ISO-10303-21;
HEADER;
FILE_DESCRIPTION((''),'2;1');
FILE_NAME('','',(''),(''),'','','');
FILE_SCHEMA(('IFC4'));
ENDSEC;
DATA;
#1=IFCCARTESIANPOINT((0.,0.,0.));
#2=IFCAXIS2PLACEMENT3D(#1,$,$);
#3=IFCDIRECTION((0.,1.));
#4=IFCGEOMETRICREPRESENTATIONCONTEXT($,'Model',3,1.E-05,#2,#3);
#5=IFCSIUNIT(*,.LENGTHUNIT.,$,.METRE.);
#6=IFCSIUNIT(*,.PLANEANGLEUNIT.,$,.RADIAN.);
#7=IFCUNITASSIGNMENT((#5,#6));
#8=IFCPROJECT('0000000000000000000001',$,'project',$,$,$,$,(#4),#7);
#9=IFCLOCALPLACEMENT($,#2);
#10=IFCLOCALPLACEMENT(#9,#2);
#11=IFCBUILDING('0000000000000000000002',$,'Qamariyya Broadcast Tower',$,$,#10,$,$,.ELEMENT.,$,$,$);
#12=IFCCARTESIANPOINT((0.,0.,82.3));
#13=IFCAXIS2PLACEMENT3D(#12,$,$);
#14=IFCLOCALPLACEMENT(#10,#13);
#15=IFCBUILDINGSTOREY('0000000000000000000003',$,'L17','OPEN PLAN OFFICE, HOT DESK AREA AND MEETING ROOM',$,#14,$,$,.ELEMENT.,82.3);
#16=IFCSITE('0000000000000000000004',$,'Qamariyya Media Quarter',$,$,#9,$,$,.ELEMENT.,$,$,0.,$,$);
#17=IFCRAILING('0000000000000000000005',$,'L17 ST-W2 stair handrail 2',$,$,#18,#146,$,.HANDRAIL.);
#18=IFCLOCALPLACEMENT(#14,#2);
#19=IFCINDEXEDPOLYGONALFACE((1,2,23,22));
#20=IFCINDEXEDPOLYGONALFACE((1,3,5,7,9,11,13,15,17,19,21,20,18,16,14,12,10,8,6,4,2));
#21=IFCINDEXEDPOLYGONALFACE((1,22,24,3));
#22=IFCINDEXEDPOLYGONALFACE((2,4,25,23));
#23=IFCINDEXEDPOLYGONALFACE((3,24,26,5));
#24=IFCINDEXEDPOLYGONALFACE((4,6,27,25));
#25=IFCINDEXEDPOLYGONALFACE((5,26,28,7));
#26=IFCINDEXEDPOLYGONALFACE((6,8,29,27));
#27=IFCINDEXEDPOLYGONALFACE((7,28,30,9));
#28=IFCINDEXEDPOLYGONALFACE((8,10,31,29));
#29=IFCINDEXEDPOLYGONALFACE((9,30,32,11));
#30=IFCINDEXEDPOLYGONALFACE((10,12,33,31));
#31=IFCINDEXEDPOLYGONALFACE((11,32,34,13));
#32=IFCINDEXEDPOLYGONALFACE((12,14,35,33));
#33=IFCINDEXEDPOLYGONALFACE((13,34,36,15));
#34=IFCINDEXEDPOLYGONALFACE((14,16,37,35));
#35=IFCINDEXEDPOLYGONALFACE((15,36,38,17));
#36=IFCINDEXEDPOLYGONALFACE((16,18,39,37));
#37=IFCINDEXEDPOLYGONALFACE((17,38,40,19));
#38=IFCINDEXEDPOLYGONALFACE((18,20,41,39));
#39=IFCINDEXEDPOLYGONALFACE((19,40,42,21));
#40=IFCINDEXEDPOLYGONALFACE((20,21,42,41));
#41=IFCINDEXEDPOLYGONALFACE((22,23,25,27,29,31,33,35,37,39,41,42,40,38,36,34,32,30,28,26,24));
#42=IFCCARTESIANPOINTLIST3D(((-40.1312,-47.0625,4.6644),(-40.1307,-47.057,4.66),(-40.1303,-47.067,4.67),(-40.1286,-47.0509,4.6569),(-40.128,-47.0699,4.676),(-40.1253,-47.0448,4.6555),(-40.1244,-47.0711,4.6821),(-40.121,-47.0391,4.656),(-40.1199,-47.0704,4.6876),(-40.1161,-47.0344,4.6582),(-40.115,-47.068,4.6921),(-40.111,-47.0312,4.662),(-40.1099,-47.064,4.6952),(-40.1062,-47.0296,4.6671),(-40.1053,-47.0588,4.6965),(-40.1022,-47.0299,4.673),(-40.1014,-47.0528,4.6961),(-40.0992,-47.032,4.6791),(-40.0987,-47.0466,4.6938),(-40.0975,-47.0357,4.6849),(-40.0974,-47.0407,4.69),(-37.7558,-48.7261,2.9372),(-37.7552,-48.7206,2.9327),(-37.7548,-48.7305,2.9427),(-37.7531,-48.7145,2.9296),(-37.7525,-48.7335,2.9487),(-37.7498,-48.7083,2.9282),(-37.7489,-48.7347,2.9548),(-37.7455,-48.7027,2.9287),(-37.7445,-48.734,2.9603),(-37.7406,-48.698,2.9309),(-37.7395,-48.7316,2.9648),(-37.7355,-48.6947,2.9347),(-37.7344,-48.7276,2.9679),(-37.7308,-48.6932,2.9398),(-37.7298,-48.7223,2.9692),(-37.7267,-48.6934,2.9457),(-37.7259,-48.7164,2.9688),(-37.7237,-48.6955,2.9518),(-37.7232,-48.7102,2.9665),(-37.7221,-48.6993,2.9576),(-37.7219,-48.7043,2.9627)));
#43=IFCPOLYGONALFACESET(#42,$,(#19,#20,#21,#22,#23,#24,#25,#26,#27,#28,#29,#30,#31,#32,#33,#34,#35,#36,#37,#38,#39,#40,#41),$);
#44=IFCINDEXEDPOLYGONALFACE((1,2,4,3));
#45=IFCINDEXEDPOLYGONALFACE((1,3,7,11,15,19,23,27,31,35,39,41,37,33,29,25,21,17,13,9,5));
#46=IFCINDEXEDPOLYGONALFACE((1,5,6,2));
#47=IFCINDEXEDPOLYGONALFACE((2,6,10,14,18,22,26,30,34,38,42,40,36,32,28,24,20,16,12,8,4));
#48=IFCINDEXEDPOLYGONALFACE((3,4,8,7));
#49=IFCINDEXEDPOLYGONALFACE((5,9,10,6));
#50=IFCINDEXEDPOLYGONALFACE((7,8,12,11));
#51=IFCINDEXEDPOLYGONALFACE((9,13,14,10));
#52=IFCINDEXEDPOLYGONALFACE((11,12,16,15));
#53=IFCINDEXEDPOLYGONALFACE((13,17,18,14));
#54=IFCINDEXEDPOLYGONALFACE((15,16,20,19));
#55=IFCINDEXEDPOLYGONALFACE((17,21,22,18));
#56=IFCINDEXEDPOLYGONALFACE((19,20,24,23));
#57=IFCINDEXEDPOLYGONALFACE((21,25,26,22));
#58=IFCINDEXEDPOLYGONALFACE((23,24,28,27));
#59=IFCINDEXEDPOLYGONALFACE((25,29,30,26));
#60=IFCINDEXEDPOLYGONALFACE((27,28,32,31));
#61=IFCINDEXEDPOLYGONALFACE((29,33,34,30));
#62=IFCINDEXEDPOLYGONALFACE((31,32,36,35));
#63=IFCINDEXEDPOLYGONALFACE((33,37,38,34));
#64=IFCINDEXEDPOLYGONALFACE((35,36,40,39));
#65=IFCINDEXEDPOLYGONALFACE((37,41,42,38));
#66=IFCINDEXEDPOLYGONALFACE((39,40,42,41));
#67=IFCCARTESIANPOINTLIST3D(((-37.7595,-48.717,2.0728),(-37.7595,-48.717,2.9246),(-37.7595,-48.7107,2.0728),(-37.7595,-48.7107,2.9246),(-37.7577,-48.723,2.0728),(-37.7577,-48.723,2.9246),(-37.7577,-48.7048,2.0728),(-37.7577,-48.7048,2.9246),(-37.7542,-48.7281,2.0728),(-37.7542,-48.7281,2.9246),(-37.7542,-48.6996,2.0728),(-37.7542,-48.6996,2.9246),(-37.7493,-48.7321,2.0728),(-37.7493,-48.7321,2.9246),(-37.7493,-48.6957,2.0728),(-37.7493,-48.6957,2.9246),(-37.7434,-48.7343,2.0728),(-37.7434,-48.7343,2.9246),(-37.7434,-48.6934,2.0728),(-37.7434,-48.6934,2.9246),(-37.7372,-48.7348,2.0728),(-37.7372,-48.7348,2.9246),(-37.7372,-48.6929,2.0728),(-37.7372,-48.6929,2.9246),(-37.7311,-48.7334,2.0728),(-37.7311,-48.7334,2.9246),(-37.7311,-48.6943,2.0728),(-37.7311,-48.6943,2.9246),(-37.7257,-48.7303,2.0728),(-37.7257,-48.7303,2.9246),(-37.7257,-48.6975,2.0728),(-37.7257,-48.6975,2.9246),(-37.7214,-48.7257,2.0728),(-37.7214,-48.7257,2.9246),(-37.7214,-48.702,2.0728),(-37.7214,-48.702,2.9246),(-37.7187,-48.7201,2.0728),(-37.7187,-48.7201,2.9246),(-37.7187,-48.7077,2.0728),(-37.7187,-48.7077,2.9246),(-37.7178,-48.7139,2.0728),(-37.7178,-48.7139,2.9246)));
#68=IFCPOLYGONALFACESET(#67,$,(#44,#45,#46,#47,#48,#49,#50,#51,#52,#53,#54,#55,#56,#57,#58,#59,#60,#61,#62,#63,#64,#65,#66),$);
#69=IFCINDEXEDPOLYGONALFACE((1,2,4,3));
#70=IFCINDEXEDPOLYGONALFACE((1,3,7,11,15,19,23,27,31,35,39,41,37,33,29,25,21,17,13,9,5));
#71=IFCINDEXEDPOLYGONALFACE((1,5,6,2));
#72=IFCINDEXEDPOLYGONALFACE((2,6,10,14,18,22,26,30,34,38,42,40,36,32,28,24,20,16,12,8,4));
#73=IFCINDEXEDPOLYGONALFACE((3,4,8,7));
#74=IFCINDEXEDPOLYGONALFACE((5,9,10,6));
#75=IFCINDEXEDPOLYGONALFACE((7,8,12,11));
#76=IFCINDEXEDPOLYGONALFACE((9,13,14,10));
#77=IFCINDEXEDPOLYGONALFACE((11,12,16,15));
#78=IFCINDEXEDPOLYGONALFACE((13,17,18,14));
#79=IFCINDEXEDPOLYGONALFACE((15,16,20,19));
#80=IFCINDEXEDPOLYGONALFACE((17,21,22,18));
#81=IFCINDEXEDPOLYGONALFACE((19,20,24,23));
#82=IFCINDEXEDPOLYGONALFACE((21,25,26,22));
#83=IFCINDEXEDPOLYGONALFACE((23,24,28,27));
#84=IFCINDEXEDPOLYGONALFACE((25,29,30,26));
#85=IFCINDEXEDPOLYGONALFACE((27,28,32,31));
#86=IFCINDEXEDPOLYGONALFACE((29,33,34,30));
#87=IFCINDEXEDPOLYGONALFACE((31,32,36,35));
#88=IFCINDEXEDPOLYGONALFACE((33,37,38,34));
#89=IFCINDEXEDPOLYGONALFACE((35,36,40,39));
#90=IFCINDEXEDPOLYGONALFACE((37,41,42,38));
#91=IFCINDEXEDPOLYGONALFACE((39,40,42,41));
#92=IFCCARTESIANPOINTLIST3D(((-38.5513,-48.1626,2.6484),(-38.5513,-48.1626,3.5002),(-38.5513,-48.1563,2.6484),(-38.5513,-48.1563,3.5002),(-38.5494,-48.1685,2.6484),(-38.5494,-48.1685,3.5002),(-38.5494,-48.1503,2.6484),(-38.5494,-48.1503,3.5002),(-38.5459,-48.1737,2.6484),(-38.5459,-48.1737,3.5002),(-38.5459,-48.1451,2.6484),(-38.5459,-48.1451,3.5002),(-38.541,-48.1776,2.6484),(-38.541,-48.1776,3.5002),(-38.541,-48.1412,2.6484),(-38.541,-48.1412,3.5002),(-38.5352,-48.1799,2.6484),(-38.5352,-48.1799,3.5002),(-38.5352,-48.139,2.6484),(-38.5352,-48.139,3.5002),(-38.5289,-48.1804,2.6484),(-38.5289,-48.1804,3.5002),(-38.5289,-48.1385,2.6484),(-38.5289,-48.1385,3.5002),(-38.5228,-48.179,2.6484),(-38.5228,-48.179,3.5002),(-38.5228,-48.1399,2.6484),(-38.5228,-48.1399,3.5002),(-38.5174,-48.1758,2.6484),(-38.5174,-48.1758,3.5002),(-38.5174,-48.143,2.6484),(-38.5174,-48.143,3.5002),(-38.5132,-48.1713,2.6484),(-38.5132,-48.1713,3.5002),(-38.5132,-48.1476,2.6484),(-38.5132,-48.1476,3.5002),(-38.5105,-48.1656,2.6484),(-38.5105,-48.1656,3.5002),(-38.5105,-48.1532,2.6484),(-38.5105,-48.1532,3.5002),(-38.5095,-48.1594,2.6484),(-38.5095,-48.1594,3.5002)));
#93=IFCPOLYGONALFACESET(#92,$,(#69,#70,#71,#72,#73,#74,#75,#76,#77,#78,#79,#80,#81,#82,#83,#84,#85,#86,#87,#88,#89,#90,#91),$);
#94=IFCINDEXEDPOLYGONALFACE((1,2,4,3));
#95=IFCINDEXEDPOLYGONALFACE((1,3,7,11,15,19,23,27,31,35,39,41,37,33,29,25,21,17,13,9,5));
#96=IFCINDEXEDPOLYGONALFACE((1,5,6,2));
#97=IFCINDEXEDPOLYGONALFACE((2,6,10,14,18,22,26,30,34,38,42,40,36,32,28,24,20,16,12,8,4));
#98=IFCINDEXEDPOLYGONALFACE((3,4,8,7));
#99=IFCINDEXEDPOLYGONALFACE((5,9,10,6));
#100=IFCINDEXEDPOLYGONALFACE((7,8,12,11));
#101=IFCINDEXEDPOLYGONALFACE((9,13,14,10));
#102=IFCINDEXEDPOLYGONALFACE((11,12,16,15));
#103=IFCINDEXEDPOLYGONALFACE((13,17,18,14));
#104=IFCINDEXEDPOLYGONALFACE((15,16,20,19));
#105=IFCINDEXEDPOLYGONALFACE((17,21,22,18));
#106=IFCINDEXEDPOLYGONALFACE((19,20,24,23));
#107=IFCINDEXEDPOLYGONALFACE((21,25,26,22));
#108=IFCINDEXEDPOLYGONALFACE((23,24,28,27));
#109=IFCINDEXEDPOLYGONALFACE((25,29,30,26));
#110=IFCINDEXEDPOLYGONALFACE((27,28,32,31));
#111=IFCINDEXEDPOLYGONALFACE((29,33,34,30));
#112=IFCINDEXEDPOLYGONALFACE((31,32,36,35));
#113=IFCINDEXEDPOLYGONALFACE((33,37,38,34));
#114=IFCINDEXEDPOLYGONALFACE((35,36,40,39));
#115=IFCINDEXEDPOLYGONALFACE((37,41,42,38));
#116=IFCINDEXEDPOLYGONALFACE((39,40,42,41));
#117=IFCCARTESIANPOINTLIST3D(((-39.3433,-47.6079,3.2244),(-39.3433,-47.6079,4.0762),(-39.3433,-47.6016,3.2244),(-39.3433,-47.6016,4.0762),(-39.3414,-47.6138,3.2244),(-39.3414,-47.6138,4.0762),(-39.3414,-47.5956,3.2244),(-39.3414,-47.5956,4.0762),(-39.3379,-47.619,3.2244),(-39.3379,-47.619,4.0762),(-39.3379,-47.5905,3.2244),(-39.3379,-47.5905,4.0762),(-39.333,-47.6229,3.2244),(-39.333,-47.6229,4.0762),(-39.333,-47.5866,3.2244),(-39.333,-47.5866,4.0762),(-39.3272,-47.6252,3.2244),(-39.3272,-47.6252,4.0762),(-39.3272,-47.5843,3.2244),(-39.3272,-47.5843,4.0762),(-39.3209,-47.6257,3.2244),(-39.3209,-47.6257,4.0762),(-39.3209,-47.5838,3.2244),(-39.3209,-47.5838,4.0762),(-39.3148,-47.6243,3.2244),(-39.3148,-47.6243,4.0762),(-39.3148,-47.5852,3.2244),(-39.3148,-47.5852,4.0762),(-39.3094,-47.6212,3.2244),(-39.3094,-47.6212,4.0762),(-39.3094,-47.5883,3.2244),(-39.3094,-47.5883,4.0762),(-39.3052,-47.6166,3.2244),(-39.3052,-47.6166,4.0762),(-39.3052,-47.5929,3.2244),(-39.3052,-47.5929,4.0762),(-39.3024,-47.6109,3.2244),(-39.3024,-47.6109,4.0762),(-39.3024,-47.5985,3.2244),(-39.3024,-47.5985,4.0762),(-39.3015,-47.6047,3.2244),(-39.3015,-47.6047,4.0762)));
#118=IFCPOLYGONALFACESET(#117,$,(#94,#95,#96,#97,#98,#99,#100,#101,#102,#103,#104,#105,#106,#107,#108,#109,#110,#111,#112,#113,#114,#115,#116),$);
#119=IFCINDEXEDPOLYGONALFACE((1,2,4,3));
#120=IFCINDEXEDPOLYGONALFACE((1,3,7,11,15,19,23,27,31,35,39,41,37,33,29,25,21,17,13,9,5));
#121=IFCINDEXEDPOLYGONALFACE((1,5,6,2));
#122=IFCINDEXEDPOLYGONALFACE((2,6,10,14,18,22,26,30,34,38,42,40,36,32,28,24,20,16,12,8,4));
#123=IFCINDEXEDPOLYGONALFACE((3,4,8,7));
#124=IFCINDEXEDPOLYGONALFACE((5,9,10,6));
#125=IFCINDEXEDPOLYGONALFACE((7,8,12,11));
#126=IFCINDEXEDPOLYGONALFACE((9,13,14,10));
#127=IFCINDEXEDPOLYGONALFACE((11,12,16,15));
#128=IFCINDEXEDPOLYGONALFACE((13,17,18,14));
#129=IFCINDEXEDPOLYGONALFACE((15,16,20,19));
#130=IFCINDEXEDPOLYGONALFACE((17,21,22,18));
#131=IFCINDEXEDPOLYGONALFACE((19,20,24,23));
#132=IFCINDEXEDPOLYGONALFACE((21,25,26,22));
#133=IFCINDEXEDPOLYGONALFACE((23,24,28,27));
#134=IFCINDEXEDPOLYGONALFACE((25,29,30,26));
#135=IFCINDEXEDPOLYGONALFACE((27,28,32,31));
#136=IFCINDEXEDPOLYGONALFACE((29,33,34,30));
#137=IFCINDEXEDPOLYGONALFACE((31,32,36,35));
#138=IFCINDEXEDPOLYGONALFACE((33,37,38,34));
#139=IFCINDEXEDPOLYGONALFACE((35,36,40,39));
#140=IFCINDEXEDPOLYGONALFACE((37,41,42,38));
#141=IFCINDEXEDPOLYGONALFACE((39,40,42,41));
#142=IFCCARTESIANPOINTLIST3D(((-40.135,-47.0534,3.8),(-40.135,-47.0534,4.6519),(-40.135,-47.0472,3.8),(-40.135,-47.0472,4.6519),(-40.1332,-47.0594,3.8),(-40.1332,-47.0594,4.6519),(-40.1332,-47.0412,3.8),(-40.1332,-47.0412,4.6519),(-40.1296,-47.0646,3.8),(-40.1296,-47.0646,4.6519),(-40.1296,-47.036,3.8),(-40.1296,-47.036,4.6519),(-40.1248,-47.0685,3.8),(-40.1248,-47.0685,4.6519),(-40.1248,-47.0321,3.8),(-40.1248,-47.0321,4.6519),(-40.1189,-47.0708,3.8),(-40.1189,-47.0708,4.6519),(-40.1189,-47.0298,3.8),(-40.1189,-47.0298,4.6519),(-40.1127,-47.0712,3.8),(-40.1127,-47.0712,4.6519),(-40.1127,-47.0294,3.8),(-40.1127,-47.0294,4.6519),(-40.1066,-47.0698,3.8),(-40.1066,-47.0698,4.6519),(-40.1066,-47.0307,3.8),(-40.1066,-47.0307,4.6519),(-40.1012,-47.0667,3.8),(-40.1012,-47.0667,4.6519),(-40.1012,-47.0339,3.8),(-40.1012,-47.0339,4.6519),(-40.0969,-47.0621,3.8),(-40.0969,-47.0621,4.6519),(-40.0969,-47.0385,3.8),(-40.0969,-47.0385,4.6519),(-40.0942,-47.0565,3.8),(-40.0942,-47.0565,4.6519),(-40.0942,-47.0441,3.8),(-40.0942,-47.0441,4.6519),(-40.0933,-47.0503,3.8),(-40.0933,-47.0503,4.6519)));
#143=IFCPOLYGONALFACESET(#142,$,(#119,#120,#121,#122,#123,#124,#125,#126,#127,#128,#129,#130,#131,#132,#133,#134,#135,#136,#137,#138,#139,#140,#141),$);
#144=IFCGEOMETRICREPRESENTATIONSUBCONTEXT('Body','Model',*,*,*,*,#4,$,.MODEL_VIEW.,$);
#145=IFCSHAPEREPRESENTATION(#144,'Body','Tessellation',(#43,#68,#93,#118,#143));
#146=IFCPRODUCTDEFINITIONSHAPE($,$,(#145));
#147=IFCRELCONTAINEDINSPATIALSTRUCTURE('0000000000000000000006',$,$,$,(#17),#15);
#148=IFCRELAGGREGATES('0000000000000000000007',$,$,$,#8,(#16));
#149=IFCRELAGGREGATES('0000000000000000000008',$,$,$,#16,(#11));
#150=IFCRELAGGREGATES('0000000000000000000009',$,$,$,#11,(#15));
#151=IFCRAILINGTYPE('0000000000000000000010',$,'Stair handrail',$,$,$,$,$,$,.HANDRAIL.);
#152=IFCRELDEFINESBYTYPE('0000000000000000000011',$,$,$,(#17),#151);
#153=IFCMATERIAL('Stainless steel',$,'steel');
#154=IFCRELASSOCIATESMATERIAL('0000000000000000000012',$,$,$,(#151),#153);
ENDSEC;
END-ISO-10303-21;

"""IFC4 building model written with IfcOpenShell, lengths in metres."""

from ifc_helpers import new_model, si_unit, direction, frame, origin, origin_2d, place, context, subcontext, project, spatial, circle, extrude, material, type_object, element, save


model = new_model("IFC4")

# Units and contexts
model_context = context("Model", 3, precision=1e-05, world=origin(), true_north=direction((0.0, 1.0)))
body_context = subcontext(model_context, "Body", "Model", "MODEL_VIEW")
ifc_project = project(units=[si_unit("LENGTHUNIT", "METRE"), si_unit("PLANEANGLEUNIT", "RADIAN")], contexts=[model_context])

# Site, building, storey
site_placement = place(None, origin())
site = spatial("IfcSite", under=ifc_project, at=site_placement, Name="Qamariyya Media Quarter", CompositionType="ELEMENT", RefElevation=0.0)
building_placement = place(site_placement, origin())
building = spatial("IfcBuilding", under=site, at=building_placement, Name="Qamariyya Broadcast Tower", CompositionType="ELEMENT")
storey_placement = place(building_placement, frame((0.0, 0.0, 82.3)))
storey = spatial("IfcBuildingStorey", under=building, at=storey_placement, Name="L17", Description="OPEN PLAN OFFICE, HOT DESK AREA AND MEETING ROOM", CompositionType="ELEMENT", Elevation=82.3)

# Railing
ifc_material_1 = material(Name="Stainless steel", Category="steel")
railing_type_1 = type_object("IfcRailingType", Name="Stair handrail", PredefinedType="HANDRAIL", material=ifc_material_1)
railing_1_placement = place(storey_placement, frame((-37.7388, -48.7139, 2.0728)))
element("IfcRailing", 1, at=railing_1_placement, inside=storey, type_object=railing_type_1, Name="L17 ST-W2 stair handrail 2", PredefinedType="HANDRAIL", context=body_context, shape_type="SweptSolid", body=[
    extrude(circle(Radius=0.0239, at=origin_2d()), frame((0.0, 0.0, 0.876), z_axis=(-0.703745, 0.492838, 0.511716), x_axis=(-0.573632, -0.819113, 0.0)), (0.0, 0.0, 1.0), 3.3755),
    extrude(circle(Radius=0.021, at=origin_2d()), origin(), (0.0, 0.0, 1.0), 0.8518),
    extrude(circle(Radius=0.021, at=origin_2d()), frame((-0.7917, 0.5544, 0.5757)), (0.0, 0.0, 1.0), 0.8518),
    extrude(circle(Radius=0.021, at=origin_2d()), frame((-1.5837, 1.1091, 1.1516)), (0.0, 0.0, 1.0), 0.8518),
    extrude(circle(Radius=0.021, at=origin_2d()), frame((-2.3755, 1.6636, 1.7273)), (0.0, 0.0, 1.0), 0.8518),
])

save(model, "model.ifc")
